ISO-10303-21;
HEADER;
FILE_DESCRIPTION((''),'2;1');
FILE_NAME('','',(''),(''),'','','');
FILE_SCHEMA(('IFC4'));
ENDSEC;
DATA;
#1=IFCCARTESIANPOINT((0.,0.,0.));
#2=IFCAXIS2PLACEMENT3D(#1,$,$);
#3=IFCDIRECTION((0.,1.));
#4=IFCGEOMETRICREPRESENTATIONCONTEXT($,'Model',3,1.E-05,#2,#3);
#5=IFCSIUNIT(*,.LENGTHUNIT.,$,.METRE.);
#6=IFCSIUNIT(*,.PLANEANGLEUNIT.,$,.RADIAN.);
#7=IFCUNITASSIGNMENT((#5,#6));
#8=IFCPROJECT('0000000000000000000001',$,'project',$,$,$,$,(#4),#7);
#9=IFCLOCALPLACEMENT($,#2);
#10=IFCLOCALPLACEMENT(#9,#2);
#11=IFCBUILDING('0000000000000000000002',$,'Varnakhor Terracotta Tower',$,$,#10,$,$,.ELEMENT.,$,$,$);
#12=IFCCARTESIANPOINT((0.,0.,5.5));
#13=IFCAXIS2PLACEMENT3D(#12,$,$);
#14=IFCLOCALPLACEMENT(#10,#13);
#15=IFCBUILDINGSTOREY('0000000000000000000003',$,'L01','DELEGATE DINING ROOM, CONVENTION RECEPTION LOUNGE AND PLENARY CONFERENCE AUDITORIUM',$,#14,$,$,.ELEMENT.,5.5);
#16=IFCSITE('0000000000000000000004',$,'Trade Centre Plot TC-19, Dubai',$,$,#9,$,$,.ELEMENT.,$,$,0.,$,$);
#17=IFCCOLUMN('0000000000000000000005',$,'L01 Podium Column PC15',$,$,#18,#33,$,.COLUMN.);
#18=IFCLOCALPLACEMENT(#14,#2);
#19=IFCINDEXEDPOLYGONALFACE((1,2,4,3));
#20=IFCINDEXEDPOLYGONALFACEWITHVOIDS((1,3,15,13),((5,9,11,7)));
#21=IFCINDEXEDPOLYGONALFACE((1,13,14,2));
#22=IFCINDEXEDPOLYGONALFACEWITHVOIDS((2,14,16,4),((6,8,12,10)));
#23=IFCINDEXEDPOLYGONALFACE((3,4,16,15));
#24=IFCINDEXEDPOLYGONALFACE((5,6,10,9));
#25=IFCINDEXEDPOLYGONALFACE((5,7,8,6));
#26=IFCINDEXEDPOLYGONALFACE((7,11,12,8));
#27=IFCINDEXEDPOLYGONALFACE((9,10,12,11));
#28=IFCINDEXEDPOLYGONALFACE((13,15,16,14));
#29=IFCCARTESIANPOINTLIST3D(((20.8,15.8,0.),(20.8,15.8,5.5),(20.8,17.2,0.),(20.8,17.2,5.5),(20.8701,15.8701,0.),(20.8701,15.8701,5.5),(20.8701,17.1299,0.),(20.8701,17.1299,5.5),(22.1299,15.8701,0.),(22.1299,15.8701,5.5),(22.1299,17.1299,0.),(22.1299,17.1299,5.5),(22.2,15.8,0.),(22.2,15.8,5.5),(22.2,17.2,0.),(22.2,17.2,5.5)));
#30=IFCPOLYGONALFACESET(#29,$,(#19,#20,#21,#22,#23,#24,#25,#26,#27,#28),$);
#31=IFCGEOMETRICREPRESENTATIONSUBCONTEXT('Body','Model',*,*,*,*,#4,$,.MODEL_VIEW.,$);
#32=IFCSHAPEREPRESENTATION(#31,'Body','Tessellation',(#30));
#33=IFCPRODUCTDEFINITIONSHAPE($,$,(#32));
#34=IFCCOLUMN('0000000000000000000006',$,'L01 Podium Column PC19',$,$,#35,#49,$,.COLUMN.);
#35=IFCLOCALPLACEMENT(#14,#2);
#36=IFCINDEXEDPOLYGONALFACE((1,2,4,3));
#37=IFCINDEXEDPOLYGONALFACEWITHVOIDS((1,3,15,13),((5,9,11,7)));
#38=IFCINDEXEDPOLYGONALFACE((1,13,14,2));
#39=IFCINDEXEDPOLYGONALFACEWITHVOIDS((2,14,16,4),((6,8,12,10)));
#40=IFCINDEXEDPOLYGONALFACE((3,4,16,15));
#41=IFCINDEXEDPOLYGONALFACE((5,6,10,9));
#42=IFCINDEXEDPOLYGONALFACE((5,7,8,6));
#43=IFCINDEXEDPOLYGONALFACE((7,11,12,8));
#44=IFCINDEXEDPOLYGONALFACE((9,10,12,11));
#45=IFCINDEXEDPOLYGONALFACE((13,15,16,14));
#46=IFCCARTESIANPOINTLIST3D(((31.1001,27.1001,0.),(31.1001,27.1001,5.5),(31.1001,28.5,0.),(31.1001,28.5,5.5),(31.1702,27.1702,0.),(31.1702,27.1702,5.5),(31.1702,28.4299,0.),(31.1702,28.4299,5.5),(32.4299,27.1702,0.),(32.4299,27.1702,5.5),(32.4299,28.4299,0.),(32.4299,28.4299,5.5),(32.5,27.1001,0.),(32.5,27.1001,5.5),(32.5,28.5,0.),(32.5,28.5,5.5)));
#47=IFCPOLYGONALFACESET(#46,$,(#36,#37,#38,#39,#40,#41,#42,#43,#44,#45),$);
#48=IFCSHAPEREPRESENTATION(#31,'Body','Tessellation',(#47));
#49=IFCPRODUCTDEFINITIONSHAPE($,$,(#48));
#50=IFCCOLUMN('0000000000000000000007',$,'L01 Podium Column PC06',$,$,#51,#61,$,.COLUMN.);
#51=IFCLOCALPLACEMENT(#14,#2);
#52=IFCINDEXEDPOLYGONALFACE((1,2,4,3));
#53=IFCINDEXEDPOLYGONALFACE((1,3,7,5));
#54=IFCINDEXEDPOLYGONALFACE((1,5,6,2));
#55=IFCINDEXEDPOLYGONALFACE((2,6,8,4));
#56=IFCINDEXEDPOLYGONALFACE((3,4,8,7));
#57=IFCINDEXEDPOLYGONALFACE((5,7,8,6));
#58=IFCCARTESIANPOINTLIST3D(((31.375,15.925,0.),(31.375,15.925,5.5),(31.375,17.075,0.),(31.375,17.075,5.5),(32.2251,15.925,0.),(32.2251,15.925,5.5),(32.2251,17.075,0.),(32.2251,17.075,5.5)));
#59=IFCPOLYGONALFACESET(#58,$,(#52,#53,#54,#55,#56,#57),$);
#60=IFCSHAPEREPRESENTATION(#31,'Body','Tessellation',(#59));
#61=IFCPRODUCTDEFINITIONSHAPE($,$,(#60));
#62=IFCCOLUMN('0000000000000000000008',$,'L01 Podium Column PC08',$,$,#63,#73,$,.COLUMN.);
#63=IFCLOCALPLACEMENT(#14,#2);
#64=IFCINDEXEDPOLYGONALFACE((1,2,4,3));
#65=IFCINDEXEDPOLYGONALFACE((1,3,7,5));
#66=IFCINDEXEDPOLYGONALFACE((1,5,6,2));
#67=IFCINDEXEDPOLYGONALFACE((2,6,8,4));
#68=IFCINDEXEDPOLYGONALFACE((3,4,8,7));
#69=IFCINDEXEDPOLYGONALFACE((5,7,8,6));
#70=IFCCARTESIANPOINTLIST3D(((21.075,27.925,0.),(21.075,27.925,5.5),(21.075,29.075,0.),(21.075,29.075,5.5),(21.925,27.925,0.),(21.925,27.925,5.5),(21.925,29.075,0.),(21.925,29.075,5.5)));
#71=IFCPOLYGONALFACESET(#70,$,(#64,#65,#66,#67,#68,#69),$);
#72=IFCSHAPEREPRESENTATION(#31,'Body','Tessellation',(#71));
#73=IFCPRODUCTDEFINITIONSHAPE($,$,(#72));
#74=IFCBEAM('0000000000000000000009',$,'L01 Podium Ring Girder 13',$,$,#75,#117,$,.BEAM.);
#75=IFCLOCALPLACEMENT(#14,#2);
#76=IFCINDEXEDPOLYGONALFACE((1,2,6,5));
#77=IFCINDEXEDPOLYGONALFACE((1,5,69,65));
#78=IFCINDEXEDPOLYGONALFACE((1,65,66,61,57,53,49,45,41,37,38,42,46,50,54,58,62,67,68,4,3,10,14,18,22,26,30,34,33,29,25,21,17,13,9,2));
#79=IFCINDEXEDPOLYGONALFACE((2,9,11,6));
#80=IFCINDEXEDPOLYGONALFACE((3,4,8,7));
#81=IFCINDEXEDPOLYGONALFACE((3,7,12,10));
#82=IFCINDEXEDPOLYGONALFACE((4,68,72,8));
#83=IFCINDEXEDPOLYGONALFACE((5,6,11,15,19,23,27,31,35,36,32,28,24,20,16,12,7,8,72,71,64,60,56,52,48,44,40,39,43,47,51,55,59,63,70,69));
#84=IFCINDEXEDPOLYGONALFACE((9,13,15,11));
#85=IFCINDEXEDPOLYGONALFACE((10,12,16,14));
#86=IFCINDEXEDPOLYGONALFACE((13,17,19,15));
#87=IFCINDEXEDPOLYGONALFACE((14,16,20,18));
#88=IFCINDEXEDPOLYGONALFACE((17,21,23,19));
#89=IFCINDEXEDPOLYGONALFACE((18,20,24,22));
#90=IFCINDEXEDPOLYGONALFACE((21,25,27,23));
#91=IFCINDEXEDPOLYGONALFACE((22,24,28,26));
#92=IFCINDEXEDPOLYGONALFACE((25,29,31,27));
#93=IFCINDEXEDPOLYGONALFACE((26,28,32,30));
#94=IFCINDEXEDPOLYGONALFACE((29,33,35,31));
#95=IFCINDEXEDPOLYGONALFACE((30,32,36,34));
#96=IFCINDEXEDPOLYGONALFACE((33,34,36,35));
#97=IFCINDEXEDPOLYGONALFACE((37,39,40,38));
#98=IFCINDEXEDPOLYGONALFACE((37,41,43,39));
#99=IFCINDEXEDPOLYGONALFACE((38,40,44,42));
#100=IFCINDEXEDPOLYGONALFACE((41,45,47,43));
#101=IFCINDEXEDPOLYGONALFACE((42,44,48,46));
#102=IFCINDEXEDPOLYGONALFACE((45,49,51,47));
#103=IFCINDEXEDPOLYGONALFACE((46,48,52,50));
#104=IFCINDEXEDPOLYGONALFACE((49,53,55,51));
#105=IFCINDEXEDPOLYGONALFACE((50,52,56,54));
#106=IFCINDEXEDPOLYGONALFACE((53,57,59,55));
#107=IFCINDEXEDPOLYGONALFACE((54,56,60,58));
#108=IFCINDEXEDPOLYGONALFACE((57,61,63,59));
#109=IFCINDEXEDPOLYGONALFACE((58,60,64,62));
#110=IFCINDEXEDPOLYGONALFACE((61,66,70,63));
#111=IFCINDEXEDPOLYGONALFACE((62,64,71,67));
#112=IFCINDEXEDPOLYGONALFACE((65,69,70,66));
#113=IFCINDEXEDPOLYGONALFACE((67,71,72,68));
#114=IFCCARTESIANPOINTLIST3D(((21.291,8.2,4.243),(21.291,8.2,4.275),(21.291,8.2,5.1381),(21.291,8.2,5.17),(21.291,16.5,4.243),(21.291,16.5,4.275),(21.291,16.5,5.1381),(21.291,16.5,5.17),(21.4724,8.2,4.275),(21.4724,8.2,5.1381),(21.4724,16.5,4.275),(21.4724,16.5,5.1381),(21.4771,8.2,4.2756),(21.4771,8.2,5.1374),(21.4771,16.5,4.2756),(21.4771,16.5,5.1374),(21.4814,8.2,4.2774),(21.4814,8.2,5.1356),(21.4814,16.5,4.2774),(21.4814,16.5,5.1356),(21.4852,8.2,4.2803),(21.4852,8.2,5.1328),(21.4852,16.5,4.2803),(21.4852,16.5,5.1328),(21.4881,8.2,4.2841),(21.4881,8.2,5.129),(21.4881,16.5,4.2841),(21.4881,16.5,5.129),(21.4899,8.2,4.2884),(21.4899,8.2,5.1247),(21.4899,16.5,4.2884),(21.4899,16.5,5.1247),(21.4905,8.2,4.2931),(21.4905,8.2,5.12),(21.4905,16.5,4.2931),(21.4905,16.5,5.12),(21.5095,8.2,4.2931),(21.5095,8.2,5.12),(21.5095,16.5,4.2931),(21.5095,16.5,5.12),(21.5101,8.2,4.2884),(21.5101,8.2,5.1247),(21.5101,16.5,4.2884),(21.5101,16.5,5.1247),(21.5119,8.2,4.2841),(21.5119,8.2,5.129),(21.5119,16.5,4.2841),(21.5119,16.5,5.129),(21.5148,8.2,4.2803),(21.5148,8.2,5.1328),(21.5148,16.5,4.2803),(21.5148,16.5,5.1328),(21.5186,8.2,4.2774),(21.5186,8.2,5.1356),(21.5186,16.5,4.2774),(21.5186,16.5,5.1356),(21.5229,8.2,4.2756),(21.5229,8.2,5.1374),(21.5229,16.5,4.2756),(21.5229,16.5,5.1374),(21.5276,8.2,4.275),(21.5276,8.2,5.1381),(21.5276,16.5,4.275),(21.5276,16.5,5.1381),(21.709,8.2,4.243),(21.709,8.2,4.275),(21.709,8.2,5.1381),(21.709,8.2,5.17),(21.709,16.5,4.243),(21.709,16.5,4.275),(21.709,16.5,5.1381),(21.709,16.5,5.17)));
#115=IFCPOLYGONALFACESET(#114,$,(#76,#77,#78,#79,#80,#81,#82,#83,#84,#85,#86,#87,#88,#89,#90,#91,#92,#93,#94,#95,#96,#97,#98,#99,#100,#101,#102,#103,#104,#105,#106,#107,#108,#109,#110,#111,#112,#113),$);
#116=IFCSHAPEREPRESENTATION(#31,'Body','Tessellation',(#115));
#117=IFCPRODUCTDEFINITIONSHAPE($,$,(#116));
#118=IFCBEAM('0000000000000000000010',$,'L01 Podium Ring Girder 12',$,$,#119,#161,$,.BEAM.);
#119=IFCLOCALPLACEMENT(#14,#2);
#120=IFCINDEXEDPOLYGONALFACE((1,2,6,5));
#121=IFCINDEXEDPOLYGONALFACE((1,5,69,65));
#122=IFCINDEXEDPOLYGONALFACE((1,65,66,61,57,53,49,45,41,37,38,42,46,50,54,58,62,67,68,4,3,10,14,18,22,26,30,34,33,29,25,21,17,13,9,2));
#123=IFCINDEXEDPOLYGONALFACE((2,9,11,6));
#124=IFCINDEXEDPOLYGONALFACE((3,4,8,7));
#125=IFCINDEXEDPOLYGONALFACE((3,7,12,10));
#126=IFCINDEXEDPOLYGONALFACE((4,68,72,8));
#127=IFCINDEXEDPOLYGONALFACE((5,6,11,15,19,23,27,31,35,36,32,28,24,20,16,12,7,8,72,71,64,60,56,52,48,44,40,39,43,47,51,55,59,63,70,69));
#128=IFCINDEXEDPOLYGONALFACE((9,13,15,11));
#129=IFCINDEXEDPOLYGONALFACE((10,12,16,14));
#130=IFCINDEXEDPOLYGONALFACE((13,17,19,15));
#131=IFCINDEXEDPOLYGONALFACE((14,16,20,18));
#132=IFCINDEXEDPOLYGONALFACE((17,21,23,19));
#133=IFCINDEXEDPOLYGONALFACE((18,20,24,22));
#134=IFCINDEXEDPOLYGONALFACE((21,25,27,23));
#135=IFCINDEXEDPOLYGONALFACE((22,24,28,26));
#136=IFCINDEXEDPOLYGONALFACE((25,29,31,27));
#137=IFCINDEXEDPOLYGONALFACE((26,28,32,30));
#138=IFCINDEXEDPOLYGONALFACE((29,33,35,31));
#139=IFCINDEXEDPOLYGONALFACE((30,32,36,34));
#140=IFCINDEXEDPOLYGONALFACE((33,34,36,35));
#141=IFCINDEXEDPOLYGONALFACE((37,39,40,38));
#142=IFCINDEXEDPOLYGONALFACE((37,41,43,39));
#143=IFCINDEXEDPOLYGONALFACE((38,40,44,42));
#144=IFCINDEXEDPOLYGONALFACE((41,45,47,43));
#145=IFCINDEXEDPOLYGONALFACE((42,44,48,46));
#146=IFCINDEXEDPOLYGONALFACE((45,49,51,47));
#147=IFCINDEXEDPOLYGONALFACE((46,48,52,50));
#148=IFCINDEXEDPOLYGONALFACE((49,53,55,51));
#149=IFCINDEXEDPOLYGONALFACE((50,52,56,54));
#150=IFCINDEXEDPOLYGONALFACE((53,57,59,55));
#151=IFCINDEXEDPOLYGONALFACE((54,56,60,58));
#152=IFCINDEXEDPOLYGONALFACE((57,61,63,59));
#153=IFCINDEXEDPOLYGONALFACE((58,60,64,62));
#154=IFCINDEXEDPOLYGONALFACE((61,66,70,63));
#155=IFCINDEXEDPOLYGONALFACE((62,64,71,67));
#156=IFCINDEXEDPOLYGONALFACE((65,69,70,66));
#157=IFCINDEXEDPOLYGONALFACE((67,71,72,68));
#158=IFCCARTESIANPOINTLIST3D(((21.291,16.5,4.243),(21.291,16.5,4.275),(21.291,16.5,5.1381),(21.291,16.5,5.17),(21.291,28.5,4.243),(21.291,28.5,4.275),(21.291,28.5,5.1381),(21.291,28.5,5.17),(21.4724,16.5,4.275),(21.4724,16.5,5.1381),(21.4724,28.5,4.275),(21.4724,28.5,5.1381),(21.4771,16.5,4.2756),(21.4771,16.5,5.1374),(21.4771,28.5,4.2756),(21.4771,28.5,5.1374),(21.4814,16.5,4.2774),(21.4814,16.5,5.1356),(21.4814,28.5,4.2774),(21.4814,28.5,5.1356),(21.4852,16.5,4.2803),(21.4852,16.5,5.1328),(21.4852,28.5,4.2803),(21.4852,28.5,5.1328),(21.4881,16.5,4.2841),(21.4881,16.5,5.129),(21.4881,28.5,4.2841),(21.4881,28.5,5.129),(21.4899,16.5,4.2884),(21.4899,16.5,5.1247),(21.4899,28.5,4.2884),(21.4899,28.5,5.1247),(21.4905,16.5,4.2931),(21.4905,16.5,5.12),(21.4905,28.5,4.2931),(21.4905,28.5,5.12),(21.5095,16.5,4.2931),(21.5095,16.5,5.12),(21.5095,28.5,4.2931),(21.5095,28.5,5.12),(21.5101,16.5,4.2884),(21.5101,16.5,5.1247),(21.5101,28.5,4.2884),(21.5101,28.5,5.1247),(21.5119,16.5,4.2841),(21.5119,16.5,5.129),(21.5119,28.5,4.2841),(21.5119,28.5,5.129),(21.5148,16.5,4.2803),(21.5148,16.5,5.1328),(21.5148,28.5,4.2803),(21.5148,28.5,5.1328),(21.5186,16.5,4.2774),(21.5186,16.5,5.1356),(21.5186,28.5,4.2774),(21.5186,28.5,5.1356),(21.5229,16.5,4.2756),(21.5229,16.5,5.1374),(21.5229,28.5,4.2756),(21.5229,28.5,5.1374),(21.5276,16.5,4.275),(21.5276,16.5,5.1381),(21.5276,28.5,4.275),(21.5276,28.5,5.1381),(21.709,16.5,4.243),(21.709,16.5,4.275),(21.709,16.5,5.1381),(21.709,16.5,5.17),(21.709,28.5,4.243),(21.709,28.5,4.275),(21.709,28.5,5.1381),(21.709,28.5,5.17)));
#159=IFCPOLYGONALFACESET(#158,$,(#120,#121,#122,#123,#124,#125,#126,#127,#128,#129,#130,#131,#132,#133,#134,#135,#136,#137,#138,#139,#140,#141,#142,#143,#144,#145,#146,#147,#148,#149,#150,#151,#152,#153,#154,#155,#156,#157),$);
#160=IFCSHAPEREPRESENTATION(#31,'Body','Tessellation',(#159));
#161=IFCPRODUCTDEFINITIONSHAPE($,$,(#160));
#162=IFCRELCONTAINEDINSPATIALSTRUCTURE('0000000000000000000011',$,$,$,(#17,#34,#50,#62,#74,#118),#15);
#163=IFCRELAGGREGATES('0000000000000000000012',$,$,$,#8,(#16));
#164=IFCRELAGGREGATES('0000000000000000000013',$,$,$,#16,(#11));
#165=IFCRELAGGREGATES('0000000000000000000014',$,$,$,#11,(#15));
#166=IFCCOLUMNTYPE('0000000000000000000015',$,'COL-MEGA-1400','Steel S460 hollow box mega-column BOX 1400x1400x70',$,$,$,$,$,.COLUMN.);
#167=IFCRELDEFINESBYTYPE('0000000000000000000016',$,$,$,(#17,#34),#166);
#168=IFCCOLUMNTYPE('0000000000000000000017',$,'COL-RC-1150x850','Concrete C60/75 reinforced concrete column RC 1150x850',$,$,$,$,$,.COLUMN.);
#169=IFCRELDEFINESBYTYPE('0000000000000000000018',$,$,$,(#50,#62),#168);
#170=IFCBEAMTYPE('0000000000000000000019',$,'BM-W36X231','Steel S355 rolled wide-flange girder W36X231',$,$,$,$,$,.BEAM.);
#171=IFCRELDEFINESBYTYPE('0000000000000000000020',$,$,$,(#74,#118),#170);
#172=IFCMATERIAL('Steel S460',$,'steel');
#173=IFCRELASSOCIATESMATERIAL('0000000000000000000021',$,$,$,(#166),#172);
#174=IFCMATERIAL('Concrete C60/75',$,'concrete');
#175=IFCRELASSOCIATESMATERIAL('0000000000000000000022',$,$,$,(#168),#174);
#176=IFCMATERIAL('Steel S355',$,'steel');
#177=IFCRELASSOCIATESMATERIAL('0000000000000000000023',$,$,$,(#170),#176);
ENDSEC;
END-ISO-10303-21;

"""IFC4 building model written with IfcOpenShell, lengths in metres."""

from ifc_helpers import new_model, si_unit, direction, frame, origin, origin_2d, place, context, subcontext, project, spatial, rectangle, hollow_rectangle, i_section, extrude, source, transform, mapped, material, material_profile, profile_set, type_object, element, save


model = new_model("IFC4")

# Units and contexts
model_context = context("Model", 3, precision=1e-05, world=origin(), true_north=direction((0.0, 1.0)))
body_context = subcontext(model_context, "Body", "Model", "MODEL_VIEW")
ifc_project = project(units=[si_unit("LENGTHUNIT", "METRE"), si_unit("PLANEANGLEUNIT", "RADIAN")], contexts=[model_context])

# Site, building, storey
site_placement = place(None, origin())
site = spatial("IfcSite", under=ifc_project, at=site_placement, Name="Trade Centre Plot TC-19, Dubai", CompositionType="ELEMENT", RefElevation=0.0)
building_placement = place(site_placement, origin())
building = spatial("IfcBuilding", under=site, at=building_placement, Name="Varnakhor Terracotta Tower", CompositionType="ELEMENT")
storey_placement = place(building_placement, frame((0.0, 0.0, 5.5)))
storey = spatial("IfcBuildingStorey", under=building, at=storey_placement, Name="L01", Description="DELEGATE DINING ROOM, CONVENTION RECEPTION LOUNGE AND PLENARY CONFERENCE AUDITORIUM", CompositionType="ELEMENT", Elevation=5.5)

# Columns
ifc_material_1 = material(Name="Steel S460", Category="steel")
ifc_material_profile_1 = material_profile(ifc_material_1, hollow_rectangle(XDim=1.3999, YDim=1.3999, WallThickness=0.0701, at=origin_2d()), Name="BOX 1400x1400x70")
ifc_profile_set_1 = profile_set([ifc_material_profile_1], Name="Steel S460")
column_type_1 = type_object("IfcColumnType", Name="COL-MEGA-1400", Description="Steel S460 hollow box mega-column BOX 1400x1400x70", PredefinedType="COLUMN", material=ifc_profile_set_1)
shared_shape_1 = source(origin(), body_context, "Body", "SweptSolid", [
    extrude(hollow_rectangle(XDim=1.3999, YDim=1.3999, WallThickness=0.0701, at=origin_2d()), origin(), (0.0, 0.0, 1.0), 5.5),
])
for number, where, z_axis, x_axis, name in (
    (1, (21.5, 16.5, 0.0), (0.0, 0.0, 1.0), (1.0, 0.0, 0.0), "L01 Podium Column PC15"),
    (2, (31.8, 27.8, 0.0), (0.0, 0.0, 1.0), (1.0, 0.0, 0.0), "L01 Podium Column PC19"),
):
    element("IfcColumn", number, at=place(storey_placement, frame(where, z_axis=z_axis, x_axis=x_axis)), inside=storey, type_object=column_type_1, Name=name, PredefinedType="COLUMN", context=body_context, shape_type="MappedRepresentation", body=[
        mapped(shared_shape_1, transform((0.0, 0.0, 0.0), scale=1.0)),
    ])
ifc_material_2 = material(Name="Concrete C60/75", Category="concrete")
ifc_material_profile_2 = material_profile(ifc_material_2, rectangle(XDim=0.8501, YDim=1.1499, at=origin_2d()), Name="RC 1150x850")
ifc_profile_set_2 = profile_set([ifc_material_profile_2], Name="Concrete C60/75")
column_type_2 = type_object("IfcColumnType", Name="COL-RC-1150x850", Description="Concrete C60/75 reinforced concrete column RC 1150x850", PredefinedType="COLUMN", material=ifc_profile_set_2)
shared_shape_2 = source(origin(), body_context, "Body", "SweptSolid", [
    extrude(rectangle(XDim=0.8501, YDim=1.1499, at=origin_2d()), origin(), (0.0, 0.0, 1.0), 5.5),
])
for number, where, z_axis, x_axis, name in (
    (3, (31.8, 16.5, 0.0), (0.0, 0.0, 1.0), (1.0, 0.0, 0.0), "L01 Podium Column PC06"),
    (4, (21.5, 28.5, 0.0), (0.0, 0.0, 1.0), (1.0, 0.0, 0.0), "L01 Podium Column PC08"),
):
    element("IfcColumn", number, at=place(storey_placement, frame(where, z_axis=z_axis, x_axis=x_axis)), inside=storey, type_object=column_type_2, Name=name, PredefinedType="COLUMN", context=body_context, shape_type="MappedRepresentation", body=[
        mapped(shared_shape_2, transform((0.0, 0.0, 0.0), scale=1.0)),
    ])

# Beams
ifc_material_3 = material(Name="Steel S355", Category="steel")
ifc_material_profile_3 = material_profile(ifc_material_3, i_section(OverallWidth=0.418, OverallDepth=0.927, WebThickness=0.019, FlangeThickness=0.032, FilletRadius=0.0181, at=origin_2d()), Name="W36X231")
ifc_profile_set_3 = profile_set([ifc_material_profile_3], Name="Steel S355")
beam_type_1 = type_object("IfcBeamType", Name="BM-W36X231", Description="Steel S355 rolled wide-flange girder W36X231", PredefinedType="BEAM", material=ifc_profile_set_3)
shared_shape_3 = source(origin(), body_context, "Body", "SweptSolid", [
    extrude(i_section(OverallWidth=0.418, OverallDepth=0.927, WebThickness=0.019, FlangeThickness=0.032, FilletRadius=0.0181, at=origin_2d()), origin(), (0.0, 0.0, 1.0), 8.3),
])
beam_1_placement = place(storey_placement, frame((21.5, 16.5, 4.7065), z_axis=(0.0, -1.0, 0.0), x_axis=(1.0, 0.0, 0.0)))
element("IfcBeam", 5, at=beam_1_placement, inside=storey, type_object=beam_type_1, Name="L01 Podium Ring Girder 13", PredefinedType="BEAM", context=body_context, shape_type="MappedRepresentation", body=[
    mapped(shared_shape_3, transform((0.0, 0.0, 0.0), scale=1.0)),
])
shared_shape_4 = source(origin(), body_context, "Body", "SweptSolid", [
    extrude(i_section(OverallWidth=0.418, OverallDepth=0.927, WebThickness=0.019, FlangeThickness=0.032, FilletRadius=0.0181, at=origin_2d()), origin(), (0.0, 0.0, 1.0), 12.0),
])
beam_2_placement = place(storey_placement, frame((21.5, 28.5, 4.7065), z_axis=(0.0, -1.0, 0.0), x_axis=(1.0, 0.0, 0.0)))
element("IfcBeam", 6, at=beam_2_placement, inside=storey, type_object=beam_type_1, Name="L01 Podium Ring Girder 12", PredefinedType="BEAM", context=body_context, shape_type="MappedRepresentation", body=[
    mapped(shared_shape_4, transform((0.0, 0.0, 0.0), scale=1.0)),
])

save(model, "model.ifc")
